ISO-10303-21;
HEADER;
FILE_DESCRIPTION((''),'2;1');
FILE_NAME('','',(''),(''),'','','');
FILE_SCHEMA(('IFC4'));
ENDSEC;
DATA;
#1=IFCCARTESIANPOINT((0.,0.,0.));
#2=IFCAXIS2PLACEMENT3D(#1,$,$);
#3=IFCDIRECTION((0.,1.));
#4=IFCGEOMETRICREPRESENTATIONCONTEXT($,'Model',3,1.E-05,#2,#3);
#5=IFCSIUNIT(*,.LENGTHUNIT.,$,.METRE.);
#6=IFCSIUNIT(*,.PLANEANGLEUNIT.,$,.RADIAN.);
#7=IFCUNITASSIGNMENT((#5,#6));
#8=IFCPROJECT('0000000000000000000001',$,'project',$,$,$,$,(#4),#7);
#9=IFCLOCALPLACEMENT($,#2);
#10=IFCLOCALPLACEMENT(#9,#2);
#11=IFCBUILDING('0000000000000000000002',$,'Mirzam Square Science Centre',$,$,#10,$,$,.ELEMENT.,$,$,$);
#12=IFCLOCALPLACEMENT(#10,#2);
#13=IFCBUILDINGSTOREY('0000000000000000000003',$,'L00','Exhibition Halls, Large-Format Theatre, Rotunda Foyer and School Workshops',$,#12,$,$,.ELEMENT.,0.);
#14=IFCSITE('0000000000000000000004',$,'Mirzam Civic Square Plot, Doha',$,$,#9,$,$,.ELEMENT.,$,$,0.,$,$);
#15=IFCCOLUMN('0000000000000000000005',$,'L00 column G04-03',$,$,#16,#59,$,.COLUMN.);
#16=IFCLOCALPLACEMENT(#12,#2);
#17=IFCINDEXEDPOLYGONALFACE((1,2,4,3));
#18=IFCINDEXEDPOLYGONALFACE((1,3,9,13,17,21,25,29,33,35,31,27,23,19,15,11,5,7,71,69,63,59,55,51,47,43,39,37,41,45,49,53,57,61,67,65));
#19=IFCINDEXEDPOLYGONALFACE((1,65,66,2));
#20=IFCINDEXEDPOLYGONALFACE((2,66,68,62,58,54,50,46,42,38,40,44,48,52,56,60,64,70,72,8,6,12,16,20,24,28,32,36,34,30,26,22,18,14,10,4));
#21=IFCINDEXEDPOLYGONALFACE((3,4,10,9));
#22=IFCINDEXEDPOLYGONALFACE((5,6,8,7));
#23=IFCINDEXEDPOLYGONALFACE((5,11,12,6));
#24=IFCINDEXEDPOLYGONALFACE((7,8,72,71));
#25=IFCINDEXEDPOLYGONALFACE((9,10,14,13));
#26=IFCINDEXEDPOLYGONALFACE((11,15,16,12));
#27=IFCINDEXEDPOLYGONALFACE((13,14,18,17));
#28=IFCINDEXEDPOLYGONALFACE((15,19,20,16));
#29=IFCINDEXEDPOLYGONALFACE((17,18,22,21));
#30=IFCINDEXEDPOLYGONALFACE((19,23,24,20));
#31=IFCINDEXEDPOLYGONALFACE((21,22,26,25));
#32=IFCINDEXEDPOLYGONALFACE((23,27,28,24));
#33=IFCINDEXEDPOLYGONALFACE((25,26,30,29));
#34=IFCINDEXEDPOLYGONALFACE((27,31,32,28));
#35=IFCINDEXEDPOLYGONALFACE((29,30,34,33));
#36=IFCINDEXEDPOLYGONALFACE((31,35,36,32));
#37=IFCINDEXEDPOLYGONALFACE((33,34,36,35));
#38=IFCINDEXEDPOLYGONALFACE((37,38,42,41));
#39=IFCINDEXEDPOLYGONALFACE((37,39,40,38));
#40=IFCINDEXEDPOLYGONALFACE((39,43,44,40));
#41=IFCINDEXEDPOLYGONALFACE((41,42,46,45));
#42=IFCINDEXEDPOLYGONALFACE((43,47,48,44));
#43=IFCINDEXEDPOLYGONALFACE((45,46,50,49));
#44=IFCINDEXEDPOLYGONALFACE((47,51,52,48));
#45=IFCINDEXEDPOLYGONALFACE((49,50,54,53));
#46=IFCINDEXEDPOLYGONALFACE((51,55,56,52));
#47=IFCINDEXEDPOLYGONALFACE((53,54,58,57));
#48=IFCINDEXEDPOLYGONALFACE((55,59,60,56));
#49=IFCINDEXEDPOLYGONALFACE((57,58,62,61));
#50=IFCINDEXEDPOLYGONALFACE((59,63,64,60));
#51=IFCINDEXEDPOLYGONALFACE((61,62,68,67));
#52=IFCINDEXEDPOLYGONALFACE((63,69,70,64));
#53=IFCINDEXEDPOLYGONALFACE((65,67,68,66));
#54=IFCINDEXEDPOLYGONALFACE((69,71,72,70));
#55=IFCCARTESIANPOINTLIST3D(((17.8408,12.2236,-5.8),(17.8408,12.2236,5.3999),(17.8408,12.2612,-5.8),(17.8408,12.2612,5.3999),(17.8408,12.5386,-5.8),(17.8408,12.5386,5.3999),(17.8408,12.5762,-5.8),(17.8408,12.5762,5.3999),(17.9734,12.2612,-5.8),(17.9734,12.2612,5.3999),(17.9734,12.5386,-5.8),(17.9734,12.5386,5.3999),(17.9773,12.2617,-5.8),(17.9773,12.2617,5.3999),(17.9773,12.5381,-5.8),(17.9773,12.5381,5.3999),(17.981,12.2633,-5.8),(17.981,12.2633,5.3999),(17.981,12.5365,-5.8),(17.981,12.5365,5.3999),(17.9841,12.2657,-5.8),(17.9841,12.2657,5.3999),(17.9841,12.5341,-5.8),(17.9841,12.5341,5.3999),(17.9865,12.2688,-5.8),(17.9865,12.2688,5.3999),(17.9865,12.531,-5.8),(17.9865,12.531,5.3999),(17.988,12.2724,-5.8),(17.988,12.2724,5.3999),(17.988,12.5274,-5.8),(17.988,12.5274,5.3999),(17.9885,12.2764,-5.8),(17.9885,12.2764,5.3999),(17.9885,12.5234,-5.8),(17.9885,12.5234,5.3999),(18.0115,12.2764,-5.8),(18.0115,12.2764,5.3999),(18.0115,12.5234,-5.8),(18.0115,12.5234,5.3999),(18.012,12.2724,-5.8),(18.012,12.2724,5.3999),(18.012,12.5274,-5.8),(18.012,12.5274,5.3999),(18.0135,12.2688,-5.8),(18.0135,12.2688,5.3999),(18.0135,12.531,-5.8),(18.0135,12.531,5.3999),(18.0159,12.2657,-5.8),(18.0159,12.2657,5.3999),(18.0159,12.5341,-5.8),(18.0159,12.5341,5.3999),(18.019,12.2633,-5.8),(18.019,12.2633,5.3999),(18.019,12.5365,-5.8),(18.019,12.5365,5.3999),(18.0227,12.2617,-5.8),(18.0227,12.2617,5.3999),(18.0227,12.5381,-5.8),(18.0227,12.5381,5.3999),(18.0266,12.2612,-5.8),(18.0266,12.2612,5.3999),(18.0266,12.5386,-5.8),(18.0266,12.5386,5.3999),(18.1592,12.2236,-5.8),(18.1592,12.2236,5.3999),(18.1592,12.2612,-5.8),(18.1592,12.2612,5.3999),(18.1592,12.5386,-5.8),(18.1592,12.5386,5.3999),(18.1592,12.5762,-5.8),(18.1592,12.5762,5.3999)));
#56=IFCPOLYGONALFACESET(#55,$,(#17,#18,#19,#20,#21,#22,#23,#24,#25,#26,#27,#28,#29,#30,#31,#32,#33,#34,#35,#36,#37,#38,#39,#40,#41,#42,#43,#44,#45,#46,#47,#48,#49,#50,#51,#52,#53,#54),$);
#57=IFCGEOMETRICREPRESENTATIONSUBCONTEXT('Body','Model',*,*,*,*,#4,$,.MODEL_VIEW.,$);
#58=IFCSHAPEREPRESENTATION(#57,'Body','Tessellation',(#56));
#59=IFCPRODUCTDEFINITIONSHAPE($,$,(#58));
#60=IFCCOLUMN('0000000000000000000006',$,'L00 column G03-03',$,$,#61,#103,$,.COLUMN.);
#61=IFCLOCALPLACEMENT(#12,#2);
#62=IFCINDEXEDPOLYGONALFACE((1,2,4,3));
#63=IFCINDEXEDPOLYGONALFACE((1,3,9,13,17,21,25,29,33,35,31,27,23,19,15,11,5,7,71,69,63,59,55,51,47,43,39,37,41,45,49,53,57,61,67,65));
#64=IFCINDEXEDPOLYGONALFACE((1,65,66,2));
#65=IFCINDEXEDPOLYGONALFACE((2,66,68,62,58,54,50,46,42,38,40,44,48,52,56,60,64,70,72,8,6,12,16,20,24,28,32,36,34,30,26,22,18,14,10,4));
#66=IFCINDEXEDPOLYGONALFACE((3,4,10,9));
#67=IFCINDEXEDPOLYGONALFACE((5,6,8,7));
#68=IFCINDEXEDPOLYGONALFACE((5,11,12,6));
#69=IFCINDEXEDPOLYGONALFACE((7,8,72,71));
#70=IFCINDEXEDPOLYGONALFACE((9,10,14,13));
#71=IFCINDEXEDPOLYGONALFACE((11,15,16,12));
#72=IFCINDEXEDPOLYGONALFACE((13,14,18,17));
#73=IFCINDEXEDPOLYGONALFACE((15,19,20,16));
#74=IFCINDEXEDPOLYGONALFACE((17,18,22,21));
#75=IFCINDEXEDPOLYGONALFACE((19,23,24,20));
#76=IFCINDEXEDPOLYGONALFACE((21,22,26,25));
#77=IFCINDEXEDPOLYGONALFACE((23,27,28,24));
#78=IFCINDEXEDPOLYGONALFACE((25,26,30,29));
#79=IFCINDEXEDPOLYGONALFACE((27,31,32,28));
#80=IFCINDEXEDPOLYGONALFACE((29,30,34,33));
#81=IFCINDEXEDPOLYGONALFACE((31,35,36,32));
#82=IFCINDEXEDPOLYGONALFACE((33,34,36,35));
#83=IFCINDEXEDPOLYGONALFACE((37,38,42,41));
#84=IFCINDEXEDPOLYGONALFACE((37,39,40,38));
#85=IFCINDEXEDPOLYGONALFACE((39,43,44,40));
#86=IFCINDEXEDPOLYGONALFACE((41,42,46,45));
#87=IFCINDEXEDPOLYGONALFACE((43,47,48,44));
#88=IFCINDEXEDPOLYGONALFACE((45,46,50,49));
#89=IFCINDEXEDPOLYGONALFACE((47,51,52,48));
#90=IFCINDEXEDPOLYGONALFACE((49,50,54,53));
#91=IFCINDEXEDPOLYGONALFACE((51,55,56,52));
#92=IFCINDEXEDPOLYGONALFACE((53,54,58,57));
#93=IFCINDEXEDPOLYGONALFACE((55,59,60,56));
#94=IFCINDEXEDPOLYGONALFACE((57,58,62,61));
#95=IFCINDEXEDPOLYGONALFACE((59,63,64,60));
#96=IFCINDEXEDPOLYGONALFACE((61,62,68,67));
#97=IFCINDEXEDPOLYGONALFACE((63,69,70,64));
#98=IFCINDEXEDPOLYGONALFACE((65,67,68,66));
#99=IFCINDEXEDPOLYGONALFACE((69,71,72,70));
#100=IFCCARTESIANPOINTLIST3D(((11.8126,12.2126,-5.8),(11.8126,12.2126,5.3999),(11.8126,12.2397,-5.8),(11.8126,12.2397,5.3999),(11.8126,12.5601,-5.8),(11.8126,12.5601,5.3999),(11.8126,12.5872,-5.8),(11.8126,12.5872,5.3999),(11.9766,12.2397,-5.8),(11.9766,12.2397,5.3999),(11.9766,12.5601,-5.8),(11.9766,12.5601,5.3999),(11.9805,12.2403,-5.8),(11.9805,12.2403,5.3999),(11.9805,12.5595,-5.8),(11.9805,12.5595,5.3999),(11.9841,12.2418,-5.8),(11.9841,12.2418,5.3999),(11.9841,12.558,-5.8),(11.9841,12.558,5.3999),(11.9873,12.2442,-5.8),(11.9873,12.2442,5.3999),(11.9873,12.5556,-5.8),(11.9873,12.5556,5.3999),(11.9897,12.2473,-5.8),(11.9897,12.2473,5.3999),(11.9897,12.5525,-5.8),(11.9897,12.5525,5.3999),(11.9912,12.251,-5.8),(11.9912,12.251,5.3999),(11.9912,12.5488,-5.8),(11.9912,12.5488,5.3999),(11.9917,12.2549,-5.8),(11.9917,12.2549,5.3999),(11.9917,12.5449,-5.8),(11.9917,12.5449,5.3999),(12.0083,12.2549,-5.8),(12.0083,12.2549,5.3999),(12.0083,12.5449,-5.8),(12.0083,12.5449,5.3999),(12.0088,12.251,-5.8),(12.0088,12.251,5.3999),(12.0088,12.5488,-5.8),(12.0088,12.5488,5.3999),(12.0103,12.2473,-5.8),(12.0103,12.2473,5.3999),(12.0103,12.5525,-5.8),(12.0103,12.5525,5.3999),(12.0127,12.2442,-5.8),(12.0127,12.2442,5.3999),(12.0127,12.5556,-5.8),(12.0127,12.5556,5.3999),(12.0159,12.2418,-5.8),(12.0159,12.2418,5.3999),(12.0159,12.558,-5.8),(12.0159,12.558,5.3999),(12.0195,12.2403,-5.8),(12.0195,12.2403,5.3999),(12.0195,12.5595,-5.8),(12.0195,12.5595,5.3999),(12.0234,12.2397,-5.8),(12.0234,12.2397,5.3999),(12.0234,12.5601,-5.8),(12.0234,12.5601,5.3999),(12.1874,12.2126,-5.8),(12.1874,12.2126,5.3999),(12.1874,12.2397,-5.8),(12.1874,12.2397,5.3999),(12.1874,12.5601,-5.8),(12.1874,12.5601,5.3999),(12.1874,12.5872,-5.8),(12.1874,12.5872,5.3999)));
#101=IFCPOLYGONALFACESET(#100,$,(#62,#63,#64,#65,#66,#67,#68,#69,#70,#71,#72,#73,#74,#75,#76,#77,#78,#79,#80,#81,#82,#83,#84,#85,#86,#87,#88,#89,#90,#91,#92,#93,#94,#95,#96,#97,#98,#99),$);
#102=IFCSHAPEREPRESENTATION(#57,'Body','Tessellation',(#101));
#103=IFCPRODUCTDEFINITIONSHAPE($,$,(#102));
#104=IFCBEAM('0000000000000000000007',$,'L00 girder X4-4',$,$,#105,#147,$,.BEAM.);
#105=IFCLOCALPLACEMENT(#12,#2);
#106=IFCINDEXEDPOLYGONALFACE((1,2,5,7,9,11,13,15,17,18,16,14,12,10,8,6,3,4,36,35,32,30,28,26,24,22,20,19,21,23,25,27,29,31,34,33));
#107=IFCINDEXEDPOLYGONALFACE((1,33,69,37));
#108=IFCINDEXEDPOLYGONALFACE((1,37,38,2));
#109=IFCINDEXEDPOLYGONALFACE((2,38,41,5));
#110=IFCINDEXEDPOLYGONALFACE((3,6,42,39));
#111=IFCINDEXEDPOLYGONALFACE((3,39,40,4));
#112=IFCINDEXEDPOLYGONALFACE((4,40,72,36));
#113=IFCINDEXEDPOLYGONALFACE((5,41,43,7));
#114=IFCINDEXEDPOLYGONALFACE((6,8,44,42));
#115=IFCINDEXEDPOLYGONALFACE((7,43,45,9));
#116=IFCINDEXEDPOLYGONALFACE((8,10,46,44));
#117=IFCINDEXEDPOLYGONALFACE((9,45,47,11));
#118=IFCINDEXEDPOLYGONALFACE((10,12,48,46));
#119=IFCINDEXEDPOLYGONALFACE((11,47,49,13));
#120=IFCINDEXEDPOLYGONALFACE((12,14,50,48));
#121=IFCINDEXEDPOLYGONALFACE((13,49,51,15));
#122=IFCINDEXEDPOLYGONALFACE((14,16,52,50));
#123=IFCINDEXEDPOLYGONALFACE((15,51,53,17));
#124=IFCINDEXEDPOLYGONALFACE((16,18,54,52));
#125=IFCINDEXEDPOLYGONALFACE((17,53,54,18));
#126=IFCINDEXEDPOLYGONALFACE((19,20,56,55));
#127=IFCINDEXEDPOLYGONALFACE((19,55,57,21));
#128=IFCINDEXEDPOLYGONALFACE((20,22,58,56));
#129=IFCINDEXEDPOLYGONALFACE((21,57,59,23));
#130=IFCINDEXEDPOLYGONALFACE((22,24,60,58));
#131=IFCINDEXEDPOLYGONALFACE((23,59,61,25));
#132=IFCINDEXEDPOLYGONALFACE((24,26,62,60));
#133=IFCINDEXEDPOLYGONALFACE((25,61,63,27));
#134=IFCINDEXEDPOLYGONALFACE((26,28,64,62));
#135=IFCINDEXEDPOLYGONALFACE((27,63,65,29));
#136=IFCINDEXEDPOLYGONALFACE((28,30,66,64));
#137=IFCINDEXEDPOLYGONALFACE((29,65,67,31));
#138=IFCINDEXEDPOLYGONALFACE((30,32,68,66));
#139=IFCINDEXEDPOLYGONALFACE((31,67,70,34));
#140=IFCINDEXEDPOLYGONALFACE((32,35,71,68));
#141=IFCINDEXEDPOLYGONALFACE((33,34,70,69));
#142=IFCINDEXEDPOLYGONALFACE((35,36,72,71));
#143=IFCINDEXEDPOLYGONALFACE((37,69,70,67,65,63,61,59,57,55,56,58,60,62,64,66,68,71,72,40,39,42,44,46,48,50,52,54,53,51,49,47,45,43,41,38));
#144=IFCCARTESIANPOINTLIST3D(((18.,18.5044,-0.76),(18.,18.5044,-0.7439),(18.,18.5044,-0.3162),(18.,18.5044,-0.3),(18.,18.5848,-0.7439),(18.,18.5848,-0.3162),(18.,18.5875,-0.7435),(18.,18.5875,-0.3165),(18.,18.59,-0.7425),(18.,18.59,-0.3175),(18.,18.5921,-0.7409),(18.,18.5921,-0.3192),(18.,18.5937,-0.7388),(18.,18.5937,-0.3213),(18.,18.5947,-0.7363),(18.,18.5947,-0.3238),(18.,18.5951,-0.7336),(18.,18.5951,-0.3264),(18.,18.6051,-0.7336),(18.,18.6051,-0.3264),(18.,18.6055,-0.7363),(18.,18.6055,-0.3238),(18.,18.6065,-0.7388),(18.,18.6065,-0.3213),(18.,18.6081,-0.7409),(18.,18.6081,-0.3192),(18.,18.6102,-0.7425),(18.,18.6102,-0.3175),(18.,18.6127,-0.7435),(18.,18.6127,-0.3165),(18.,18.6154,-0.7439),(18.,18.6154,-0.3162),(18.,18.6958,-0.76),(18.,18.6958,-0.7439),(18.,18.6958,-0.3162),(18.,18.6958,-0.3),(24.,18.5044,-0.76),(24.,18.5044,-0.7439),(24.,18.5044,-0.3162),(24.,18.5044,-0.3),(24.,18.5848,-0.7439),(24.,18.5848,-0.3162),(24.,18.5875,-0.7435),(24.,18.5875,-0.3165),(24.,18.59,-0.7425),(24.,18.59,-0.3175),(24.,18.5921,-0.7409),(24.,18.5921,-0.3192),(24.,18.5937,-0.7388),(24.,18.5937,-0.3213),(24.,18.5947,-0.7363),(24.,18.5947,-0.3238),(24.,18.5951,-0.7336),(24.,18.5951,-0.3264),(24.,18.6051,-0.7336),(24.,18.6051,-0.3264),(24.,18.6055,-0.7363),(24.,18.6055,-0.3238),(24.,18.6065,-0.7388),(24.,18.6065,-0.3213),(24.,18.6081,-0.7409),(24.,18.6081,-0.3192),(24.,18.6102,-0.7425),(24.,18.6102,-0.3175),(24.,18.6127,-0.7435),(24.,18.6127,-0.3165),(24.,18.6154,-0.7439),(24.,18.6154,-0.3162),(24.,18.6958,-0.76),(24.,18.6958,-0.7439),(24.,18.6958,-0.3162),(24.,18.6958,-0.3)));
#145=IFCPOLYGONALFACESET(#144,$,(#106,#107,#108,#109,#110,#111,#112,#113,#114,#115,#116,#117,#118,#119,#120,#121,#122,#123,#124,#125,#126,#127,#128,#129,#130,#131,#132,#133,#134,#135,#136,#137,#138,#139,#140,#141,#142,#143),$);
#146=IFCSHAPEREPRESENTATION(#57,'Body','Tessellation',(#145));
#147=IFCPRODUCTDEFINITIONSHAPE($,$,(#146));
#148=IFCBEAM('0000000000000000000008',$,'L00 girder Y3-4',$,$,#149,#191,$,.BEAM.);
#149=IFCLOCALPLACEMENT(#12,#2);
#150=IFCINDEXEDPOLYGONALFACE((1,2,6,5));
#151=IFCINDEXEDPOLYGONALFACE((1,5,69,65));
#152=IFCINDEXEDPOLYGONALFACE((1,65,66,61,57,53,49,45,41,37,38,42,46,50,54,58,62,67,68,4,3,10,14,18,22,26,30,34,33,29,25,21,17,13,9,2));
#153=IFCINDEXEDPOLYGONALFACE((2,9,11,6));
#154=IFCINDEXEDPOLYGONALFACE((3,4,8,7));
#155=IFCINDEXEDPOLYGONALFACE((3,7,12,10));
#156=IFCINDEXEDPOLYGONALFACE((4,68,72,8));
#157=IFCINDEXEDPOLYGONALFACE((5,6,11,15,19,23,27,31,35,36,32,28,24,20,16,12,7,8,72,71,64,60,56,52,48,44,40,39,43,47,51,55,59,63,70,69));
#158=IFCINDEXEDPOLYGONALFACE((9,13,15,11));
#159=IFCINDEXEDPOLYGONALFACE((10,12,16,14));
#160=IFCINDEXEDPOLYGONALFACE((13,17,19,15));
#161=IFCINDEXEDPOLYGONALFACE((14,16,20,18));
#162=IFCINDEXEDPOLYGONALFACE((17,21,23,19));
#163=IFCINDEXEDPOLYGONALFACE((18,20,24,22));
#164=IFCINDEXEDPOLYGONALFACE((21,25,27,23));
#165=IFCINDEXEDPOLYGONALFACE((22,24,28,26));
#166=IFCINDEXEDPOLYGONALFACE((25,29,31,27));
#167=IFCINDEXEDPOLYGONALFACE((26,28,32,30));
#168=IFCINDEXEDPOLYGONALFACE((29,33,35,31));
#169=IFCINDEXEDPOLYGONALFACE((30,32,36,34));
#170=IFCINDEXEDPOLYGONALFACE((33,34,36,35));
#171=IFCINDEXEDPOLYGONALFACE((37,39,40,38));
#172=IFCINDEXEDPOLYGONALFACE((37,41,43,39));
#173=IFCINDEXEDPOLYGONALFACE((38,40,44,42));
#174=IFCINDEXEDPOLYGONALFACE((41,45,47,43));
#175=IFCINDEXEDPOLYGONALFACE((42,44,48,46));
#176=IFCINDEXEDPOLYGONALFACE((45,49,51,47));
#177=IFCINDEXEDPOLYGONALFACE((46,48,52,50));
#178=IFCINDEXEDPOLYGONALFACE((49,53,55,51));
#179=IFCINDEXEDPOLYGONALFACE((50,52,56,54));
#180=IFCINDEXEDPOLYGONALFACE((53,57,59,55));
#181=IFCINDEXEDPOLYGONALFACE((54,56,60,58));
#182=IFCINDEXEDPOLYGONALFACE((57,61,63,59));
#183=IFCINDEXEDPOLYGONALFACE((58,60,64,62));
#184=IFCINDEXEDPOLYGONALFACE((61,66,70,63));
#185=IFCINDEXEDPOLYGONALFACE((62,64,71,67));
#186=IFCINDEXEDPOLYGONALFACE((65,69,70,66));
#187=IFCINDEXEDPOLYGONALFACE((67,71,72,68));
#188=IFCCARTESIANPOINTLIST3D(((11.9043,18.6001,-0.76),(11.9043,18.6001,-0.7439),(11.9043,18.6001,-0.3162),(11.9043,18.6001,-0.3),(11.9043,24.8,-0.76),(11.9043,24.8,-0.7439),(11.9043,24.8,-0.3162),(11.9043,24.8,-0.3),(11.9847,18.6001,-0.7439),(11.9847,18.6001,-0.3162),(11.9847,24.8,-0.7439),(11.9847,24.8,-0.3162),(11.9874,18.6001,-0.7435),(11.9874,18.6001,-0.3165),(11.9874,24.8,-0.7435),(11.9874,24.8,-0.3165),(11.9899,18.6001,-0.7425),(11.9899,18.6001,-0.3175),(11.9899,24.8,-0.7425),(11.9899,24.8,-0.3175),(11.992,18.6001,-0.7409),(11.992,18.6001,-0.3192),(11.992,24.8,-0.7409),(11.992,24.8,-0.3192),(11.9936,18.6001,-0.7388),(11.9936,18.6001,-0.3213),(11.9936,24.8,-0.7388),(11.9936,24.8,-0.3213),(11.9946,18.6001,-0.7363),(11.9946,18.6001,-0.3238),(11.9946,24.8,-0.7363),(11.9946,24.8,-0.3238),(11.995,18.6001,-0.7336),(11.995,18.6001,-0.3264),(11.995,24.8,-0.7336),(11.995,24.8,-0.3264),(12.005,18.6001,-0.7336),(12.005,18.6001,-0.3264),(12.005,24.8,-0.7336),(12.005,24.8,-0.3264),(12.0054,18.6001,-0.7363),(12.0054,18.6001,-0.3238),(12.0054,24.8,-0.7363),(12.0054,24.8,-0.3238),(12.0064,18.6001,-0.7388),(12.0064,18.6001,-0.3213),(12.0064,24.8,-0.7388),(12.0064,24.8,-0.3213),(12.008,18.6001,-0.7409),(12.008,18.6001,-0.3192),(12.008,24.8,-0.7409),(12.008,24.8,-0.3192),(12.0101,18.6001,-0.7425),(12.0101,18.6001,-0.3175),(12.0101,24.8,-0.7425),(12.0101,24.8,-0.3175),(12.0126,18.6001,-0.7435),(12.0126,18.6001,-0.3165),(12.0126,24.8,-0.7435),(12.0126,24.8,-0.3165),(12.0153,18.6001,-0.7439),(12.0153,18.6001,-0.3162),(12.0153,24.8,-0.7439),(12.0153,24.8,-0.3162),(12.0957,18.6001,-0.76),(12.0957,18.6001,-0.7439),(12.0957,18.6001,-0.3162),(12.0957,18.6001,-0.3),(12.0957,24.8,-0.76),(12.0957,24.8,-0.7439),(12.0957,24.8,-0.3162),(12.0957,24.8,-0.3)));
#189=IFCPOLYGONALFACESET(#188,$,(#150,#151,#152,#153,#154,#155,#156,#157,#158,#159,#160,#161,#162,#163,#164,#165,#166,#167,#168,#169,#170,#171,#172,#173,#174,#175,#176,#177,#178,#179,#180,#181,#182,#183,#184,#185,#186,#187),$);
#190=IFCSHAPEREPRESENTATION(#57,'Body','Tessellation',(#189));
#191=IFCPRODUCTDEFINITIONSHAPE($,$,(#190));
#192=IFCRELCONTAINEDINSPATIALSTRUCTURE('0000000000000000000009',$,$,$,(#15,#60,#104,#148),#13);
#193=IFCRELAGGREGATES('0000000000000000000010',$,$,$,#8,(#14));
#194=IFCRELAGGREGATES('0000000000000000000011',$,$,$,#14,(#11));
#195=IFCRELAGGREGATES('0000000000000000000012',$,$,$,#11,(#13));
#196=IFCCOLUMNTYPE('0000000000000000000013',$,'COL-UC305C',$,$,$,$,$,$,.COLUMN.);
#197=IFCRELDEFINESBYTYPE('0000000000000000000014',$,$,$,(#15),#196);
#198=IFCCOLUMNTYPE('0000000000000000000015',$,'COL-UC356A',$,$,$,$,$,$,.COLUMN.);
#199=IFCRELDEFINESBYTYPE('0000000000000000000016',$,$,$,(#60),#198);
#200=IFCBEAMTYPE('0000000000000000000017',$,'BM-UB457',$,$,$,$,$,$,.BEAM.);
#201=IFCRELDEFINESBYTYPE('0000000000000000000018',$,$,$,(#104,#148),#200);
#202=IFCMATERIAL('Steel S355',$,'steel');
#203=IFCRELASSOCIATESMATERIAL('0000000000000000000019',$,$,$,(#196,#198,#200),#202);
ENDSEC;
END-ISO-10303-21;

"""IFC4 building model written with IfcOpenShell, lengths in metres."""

from ifc_helpers import new_model, si_unit, direction, frame, origin, origin_2d, place, context, subcontext, project, spatial, i_section, extrude, material, material_profile, profile_set, type_object, element, save


model = new_model("IFC4")

# Units and contexts
model_context = context("Model", 3, precision=1e-05, world=origin(), true_north=direction((0.0, 1.0)))
body_context = subcontext(model_context, "Body", "Model", "MODEL_VIEW")
ifc_project = project(units=[si_unit("LENGTHUNIT", "METRE"), si_unit("PLANEANGLEUNIT", "RADIAN")], contexts=[model_context])

# Site, building, storey
site_placement = place(None, origin())
site = spatial("IfcSite", under=ifc_project, at=site_placement, Name="Mirzam Civic Square Plot, Doha", CompositionType="ELEMENT", RefElevation=0.0)
building_placement = place(site_placement, origin())
building = spatial("IfcBuilding", under=site, at=building_placement, Name="Mirzam Square Science Centre", CompositionType="ELEMENT")
storey_placement = place(building_placement, origin())
storey = spatial("IfcBuildingStorey", under=building, at=storey_placement, Name="L00", Description="Exhibition Halls, Large-Format Theatre, Rotunda Foyer and School Workshops", CompositionType="ELEMENT", Elevation=0.0)

# Columns
ifc_material_1 = material(Name="Steel S355", Category="steel")
ifc_material_profile_1 = material_profile(ifc_material_1, i_section(OverallWidth=0.3184, OverallDepth=0.3525, WebThickness=0.0229, FlangeThickness=0.0376, FilletRadius=0.0151, at=origin_2d()), Name="305x305x240UC")
ifc_profile_set_1 = profile_set([ifc_material_profile_1], Name="Steel S355")
column_type_1 = type_object("IfcColumnType", Name="COL-UC305C", PredefinedType="COLUMN", material=ifc_profile_set_1)
for number, where, z_axis, x_axis, name in (
    (1, (18.0, 12.3999, -5.8), (0.0, 0.0, 1.0), (1.0, 0.0, 0.0), "L00 column G04-03"),
):
    element("IfcColumn", number, at=place(storey_placement, frame(where, z_axis=z_axis, x_axis=x_axis)), inside=storey, type_object=column_type_1, Name=name, PredefinedType="COLUMN", context=body_context, shape_type="SweptSolid", body=[
        extrude(i_section(OverallWidth=0.3184, OverallDepth=0.3525, WebThickness=0.0229, FlangeThickness=0.0376, FilletRadius=0.0151, at=origin_2d()), origin(), (0.0, 0.0, 1.0), 11.2),
    ])
ifc_material_profile_2 = material_profile(ifc_material_1, i_section(OverallWidth=0.3748, OverallDepth=0.3745, WebThickness=0.0166, FlangeThickness=0.0271, FilletRadius=0.0151, at=origin_2d()), Name="356x368x202UC")
ifc_profile_set_2 = profile_set([ifc_material_profile_2], Name="Steel S355")
column_type_2 = type_object("IfcColumnType", Name="COL-UC356A", PredefinedType="COLUMN", material=ifc_profile_set_2)
column_1_placement = place(storey_placement, frame((12.0, 12.3999, -5.8), z_axis=(0.0, 0.0, 1.0), x_axis=(1.0, 0.0, 0.0)))
element("IfcColumn", 2, at=column_1_placement, inside=storey, type_object=column_type_2, Name="L00 column G03-03", PredefinedType="COLUMN", context=body_context, shape_type="SweptSolid", body=[
    extrude(i_section(OverallWidth=0.3748, OverallDepth=0.3745, WebThickness=0.0166, FlangeThickness=0.0271, FilletRadius=0.0151, at=origin_2d()), origin(), (0.0, 0.0, 1.0), 11.2),
])

# Beams
ifc_material_profile_3 = material_profile(ifc_material_1, i_section(OverallWidth=0.1914, OverallDepth=0.46, WebThickness=0.01, FlangeThickness=0.0161, FilletRadius=0.0103, at=origin_2d()), Name="457x191x82UB")
ifc_profile_set_3 = profile_set([ifc_material_profile_3], Name="Steel S355")
beam_type_1 = type_object("IfcBeamType", Name="BM-UB457", PredefinedType="BEAM", material=ifc_profile_set_3)
beam_1_placement = place(storey_placement, frame((18.0, 18.6001, -0.53), z_axis=(1.0, 0.0, 0.0), x_axis=(0.0, 1.0, 0.0)))
element("IfcBeam", 3, at=beam_1_placement, inside=storey, type_object=beam_type_1, Name="L00 girder X4-4", PredefinedType="BEAM", context=body_context, shape_type="SweptSolid", body=[
    extrude(i_section(OverallWidth=0.1914, OverallDepth=0.46, WebThickness=0.01, FlangeThickness=0.0161, FilletRadius=0.0103, at=origin_2d()), origin(), (0.0, 0.0, 1.0), 6.0),
])
beam_2_placement = place(storey_placement, frame((12.0, 18.6001, -0.53), z_axis=(0.0, 1.0, 0.0), x_axis=(-1.0, 0.0, 0.0)))
element("IfcBeam", 4, at=beam_2_placement, inside=storey, type_object=beam_type_1, Name="L00 girder Y3-4", PredefinedType="BEAM", context=body_context, shape_type="SweptSolid", body=[
    extrude(i_section(OverallWidth=0.1914, OverallDepth=0.46, WebThickness=0.01, FlangeThickness=0.0161, FilletRadius=0.0103, at=origin_2d()), origin(), (0.0, 0.0, 1.0), 6.2),
])

save(model, "model.ifc")
